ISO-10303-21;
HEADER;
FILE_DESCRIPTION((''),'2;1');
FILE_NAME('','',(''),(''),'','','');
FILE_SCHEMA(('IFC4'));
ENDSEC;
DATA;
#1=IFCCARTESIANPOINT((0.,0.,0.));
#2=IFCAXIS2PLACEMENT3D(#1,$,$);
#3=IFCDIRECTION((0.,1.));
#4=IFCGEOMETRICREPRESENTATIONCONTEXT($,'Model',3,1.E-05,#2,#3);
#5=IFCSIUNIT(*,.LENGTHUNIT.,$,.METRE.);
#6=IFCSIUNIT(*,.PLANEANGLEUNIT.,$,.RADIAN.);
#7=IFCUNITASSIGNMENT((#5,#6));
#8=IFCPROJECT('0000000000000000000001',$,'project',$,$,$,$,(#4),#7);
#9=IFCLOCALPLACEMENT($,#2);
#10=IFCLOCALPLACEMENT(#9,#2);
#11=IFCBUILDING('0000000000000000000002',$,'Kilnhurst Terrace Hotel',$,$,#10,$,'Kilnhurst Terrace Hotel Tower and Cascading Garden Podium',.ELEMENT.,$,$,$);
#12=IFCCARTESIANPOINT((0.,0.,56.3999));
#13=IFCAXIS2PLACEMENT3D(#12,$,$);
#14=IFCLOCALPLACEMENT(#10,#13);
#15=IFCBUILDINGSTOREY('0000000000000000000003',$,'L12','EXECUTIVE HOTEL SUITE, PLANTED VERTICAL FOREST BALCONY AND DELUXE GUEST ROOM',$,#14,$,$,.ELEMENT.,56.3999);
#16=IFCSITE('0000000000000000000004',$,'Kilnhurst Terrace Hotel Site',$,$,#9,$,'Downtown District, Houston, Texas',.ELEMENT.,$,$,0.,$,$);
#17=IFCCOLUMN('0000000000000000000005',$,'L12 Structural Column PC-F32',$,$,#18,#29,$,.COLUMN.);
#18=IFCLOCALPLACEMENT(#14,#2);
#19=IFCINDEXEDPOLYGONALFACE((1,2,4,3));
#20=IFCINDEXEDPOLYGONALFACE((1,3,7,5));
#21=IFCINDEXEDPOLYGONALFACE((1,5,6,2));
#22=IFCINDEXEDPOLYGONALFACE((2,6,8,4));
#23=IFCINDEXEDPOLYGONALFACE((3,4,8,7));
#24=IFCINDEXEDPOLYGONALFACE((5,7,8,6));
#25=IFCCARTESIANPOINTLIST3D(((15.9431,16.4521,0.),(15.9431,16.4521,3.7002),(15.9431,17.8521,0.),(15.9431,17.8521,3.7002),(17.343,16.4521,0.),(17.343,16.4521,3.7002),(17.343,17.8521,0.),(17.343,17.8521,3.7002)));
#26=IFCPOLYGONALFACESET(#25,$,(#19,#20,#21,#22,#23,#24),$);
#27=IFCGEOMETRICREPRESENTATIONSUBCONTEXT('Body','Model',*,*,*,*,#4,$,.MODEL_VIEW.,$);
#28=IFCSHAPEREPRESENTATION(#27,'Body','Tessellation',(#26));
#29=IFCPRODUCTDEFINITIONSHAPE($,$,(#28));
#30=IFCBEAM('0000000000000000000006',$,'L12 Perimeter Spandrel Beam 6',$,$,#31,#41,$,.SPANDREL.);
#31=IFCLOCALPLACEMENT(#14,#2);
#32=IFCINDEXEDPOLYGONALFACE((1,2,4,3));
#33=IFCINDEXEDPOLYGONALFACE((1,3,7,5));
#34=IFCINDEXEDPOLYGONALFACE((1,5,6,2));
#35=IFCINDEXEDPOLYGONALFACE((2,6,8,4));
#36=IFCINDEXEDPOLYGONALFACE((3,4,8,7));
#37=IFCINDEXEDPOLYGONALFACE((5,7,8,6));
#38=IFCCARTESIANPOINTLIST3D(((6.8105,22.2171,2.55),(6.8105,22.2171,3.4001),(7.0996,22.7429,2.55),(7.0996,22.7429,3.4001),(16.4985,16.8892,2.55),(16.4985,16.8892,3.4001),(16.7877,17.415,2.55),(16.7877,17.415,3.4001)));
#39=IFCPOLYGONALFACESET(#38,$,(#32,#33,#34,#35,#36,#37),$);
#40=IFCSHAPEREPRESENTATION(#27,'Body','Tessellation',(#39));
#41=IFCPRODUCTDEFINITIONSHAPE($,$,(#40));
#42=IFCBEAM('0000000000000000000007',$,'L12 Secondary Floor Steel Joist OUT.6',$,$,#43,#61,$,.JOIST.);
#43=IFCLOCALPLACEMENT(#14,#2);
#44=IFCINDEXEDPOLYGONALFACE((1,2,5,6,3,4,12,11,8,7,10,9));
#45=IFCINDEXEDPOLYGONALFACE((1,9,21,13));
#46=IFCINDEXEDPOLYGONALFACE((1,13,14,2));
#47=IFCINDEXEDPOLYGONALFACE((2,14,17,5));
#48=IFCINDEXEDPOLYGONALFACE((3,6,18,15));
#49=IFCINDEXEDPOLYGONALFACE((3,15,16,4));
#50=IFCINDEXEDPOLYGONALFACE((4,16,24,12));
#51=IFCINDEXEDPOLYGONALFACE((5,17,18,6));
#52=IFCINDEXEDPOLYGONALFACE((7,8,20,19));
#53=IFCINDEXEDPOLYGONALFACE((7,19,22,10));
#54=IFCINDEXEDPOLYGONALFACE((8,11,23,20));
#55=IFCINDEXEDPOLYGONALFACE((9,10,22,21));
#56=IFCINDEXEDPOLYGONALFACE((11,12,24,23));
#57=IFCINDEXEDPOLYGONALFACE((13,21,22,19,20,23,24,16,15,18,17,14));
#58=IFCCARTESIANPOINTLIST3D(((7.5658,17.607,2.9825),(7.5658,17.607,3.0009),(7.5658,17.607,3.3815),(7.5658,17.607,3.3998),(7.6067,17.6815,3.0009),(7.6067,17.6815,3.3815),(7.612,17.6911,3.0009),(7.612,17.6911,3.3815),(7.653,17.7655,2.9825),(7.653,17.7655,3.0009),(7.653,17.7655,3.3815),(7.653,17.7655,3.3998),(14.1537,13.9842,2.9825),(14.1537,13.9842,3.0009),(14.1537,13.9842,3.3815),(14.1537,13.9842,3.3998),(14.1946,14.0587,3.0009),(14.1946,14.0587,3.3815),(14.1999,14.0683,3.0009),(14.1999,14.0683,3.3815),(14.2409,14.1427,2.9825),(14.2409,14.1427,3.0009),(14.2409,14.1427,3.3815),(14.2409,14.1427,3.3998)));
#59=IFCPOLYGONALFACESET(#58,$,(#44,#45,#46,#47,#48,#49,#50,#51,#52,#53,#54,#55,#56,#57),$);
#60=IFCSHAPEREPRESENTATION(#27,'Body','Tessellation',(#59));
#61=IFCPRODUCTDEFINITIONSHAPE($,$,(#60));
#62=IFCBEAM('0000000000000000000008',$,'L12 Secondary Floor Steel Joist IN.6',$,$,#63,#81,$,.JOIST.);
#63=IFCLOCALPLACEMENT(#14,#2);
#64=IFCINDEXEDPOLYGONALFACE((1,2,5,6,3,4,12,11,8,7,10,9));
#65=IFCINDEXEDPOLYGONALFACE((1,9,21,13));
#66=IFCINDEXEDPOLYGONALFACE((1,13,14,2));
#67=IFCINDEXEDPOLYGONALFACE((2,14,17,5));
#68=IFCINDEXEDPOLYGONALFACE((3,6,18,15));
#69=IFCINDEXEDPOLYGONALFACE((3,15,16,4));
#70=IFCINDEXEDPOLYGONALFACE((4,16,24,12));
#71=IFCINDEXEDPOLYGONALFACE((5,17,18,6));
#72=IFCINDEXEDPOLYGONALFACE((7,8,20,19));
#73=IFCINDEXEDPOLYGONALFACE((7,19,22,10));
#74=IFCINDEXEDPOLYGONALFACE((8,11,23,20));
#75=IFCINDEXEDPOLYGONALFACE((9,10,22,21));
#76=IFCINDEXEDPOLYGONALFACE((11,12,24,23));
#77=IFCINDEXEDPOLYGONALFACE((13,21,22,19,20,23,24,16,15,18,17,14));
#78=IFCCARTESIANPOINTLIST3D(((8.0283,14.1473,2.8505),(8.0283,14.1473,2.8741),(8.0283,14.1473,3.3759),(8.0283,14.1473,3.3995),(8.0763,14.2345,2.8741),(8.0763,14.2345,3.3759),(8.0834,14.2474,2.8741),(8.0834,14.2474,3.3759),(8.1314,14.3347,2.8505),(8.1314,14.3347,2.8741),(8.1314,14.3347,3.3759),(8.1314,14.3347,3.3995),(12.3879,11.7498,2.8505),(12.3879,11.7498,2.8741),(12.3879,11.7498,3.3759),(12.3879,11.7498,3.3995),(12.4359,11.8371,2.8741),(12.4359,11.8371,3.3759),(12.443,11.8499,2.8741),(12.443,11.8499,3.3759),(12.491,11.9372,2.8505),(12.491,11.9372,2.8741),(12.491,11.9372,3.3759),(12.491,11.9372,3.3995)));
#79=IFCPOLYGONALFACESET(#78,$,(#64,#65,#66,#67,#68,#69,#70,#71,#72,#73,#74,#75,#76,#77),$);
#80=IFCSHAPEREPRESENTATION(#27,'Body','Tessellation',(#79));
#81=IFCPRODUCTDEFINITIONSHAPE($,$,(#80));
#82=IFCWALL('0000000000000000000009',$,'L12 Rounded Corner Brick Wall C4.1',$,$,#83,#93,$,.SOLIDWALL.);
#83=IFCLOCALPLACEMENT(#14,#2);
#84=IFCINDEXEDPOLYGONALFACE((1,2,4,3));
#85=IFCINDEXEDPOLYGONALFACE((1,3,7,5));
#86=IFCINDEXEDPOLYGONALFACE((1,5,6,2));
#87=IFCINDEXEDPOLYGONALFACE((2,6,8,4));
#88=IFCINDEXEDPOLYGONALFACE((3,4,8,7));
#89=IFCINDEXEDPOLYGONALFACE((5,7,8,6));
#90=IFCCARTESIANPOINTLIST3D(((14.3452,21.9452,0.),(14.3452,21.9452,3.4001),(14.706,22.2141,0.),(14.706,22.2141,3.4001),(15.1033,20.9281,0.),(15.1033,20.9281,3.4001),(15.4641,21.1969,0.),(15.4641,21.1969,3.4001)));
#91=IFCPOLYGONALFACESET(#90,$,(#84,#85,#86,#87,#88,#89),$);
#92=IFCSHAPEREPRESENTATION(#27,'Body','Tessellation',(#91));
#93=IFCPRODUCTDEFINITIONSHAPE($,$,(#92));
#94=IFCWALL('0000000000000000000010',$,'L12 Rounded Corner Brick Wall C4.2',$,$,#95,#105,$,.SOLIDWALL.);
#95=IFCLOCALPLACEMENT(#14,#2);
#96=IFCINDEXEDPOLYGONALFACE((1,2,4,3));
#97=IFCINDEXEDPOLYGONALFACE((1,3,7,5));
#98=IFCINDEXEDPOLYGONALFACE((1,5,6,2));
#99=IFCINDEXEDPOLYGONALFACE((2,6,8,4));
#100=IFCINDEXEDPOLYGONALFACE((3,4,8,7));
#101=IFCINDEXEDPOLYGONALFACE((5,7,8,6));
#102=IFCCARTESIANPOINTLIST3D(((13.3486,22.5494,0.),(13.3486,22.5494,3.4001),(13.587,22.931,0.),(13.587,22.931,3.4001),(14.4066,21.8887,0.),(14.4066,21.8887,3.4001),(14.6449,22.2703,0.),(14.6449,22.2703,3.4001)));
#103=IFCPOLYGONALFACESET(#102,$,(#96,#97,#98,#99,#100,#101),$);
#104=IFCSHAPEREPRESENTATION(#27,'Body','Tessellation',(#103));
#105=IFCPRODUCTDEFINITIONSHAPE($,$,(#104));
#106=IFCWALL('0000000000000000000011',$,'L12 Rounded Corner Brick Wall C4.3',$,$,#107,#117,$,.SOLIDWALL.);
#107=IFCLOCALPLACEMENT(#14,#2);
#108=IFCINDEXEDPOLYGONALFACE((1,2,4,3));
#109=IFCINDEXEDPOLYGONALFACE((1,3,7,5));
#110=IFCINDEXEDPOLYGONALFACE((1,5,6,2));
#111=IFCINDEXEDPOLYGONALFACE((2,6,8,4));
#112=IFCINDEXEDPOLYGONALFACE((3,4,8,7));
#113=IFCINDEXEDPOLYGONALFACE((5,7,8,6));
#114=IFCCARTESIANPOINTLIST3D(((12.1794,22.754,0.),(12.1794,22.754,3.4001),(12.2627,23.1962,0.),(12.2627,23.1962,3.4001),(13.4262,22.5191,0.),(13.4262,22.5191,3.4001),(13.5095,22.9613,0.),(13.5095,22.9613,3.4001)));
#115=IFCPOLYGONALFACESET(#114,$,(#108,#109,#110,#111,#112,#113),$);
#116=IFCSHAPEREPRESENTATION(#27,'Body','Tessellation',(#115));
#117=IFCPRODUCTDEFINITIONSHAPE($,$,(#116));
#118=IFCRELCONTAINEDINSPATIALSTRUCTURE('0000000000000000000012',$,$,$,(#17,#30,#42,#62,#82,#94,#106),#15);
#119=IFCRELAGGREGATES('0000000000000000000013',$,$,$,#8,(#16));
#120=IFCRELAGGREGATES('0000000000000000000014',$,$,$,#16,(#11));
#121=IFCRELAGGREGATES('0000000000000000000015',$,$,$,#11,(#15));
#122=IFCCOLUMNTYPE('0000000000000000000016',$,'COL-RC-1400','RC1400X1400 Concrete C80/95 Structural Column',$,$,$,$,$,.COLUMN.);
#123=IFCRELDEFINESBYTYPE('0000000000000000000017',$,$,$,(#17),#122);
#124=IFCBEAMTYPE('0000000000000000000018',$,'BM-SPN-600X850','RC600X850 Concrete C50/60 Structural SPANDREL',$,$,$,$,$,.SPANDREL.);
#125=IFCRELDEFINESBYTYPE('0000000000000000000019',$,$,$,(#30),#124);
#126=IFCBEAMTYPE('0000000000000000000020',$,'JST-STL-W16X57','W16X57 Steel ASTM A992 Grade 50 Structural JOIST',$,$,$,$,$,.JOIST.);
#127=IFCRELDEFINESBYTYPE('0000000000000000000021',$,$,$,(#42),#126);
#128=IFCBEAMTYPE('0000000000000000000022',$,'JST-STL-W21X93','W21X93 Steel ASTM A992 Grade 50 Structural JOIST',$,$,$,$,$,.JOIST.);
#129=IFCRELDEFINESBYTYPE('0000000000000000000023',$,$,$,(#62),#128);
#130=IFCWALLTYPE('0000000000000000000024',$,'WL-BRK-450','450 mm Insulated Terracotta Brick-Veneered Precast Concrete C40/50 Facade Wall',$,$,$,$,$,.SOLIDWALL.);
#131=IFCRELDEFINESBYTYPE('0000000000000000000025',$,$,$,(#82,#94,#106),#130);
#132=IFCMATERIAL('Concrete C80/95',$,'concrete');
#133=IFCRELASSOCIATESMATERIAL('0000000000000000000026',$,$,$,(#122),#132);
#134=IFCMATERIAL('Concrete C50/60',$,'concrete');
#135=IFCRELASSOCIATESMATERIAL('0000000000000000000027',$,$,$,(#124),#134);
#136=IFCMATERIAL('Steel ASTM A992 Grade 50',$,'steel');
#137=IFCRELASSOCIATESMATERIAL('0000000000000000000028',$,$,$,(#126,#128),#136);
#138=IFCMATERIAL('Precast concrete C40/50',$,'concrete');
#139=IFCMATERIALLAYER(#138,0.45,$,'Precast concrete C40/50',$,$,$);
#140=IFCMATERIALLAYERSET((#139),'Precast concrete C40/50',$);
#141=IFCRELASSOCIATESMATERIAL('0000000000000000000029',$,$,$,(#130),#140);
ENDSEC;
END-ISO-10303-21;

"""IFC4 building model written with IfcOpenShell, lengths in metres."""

from ifc_helpers import new_model, si_unit, direction, frame, frame_2d, origin, origin_2d, place, context, subcontext, project, spatial, rectangle, i_section, extrude, material, layer, layer_set, material_profile, profile_set, type_object, element, save


model = new_model("IFC4")

# Units and contexts
model_context = context("Model", 3, precision=1e-05, world=origin(), true_north=direction((0.0, 1.0)))
body_context = subcontext(model_context, "Body", "Model", "MODEL_VIEW")
ifc_project = project(units=[si_unit("LENGTHUNIT", "METRE"), si_unit("PLANEANGLEUNIT", "RADIAN")], contexts=[model_context])

# Site, building, storey
site_placement = place(None, origin())
site = spatial("IfcSite", under=ifc_project, at=site_placement, Name="Kilnhurst Terrace Hotel Site", LongName="Downtown District, Houston, Texas", CompositionType="ELEMENT", RefElevation=0.0)
building_placement = place(site_placement, origin())
building = spatial("IfcBuilding", under=site, at=building_placement, Name="Kilnhurst Terrace Hotel", LongName="Kilnhurst Terrace Hotel Tower and Cascading Garden Podium", CompositionType="ELEMENT")
storey_placement = place(building_placement, frame((0.0, 0.0, 56.3999)))
storey = spatial("IfcBuildingStorey", under=building, at=storey_placement, Name="L12", Description="EXECUTIVE HOTEL SUITE, PLANTED VERTICAL FOREST BALCONY AND DELUXE GUEST ROOM", CompositionType="ELEMENT", Elevation=56.3999)

# Column
ifc_material_1 = material(Name="Concrete C80/95", Category="concrete")
ifc_material_profile_1 = material_profile(ifc_material_1, rectangle(XDim=1.3999, YDim=1.3999, at=origin_2d()), Name="RC1400X1400")
ifc_profile_set_1 = profile_set([ifc_material_profile_1], Name="Concrete C80/95")
column_type = type_object("IfcColumnType", Name="COL-RC-1400", Description="RC1400X1400 Concrete C80/95 Structural Column", PredefinedType="COLUMN", material=ifc_profile_set_1)
column_placement = place(storey_placement, frame((16.6431, 17.1521, 0.0), z_axis=(0.0, 0.0, 1.0), x_axis=(1.0, 0.0, 0.0)))
element("IfcColumn", 1, at=column_placement, inside=storey, type_object=column_type, Name="L12 Structural Column PC-F32", PredefinedType="COLUMN", context=body_context, shape_type="SweptSolid", body=[
    extrude(rectangle(XDim=1.3999, YDim=1.3999, at=origin_2d()), origin(), (0.0, 0.0, 1.0), 3.7002),
])

# Beams
ifc_material_2 = material(Name="Concrete C50/60", Category="concrete")
ifc_material_profile_2 = material_profile(ifc_material_2, rectangle(XDim=0.6001, YDim=0.8501, at=origin_2d()), Name="RC600X850")
ifc_profile_set_2 = profile_set([ifc_material_profile_2], Name="Concrete C50/60")
beam_type_1 = type_object("IfcBeamType", Name="BM-SPN-600X850", Description="RC600X850 Concrete C50/60 Structural SPANDREL", PredefinedType="SPANDREL", material=ifc_profile_set_2)
beam_1_placement = place(storey_placement, frame((16.6431, 17.1521, 2.9751), z_axis=(-0.876235, 0.481883, 0.0), x_axis=(-0.481883, -0.876235, 0.0)))
element("IfcBeam", 2, at=beam_1_placement, inside=storey, type_object=beam_type_1, Name="L12 Perimeter Spandrel Beam 6", PredefinedType="SPANDREL", context=body_context, shape_type="SweptSolid", body=[
    extrude(rectangle(XDim=0.6001, YDim=0.8501, at=origin_2d()), origin(), (0.0, 0.0, 1.0), 11.0564),
])
ifc_material_3 = material(Name="Steel ASTM A992 Grade 50", Category="steel")
ifc_material_profile_3 = material_profile(ifc_material_3, i_section(OverallWidth=0.1809, OverallDepth=0.4172, WebThickness=0.011, FlangeThickness=0.0183, at=origin_2d()), Name="W16X57")
ifc_profile_set_3 = profile_set([ifc_material_profile_3], Name="Steel ASTM A992 Grade 50")
beam_type_2 = type_object("IfcBeamType", Name="JST-STL-W16X57", Description="W16X57 Steel ASTM A992 Grade 50 Structural JOIST", PredefinedType="JOIST", material=ifc_profile_set_3)
beam_2_placement = place(storey_placement, frame((14.1973, 14.0635, 3.1912), z_axis=(-0.876246, 0.481864, 0.0), x_axis=(-0.481864, -0.876246, 0.0)))
element("IfcBeam", 3, at=beam_2_placement, inside=storey, type_object=beam_type_2, Name="L12 Secondary Floor Steel Joist OUT.6", PredefinedType="JOIST", context=body_context, shape_type="SweptSolid", body=[
    extrude(i_section(OverallWidth=0.1809, OverallDepth=0.4172, WebThickness=0.011, FlangeThickness=0.0183, at=origin_2d()), origin(), (0.0, 0.0, 1.0), 7.5183),
])
ifc_material_profile_4 = material_profile(ifc_material_3, i_section(OverallWidth=0.2139, OverallDepth=0.5491, WebThickness=0.0146, FlangeThickness=0.0237, at=origin_2d()), Name="W21X93")
ifc_profile_set_4 = profile_set([ifc_material_profile_4], Name="Steel ASTM A992 Grade 50")
beam_type_3 = type_object("IfcBeamType", Name="JST-STL-W21X93", Description="W21X93 Steel ASTM A992 Grade 50 Structural JOIST", PredefinedType="JOIST", material=ifc_profile_set_4)
beam_3_placement = place(storey_placement, frame((12.4395, 11.8435, 3.125), z_axis=(-0.876244, 0.481868, 0.0), x_axis=(-0.481868, -0.876244, 0.0)))
element("IfcBeam", 4, at=beam_3_placement, inside=storey, type_object=beam_type_3, Name="L12 Secondary Floor Steel Joist IN.6", PredefinedType="JOIST", context=body_context, shape_type="SweptSolid", body=[
    extrude(i_section(OverallWidth=0.2139, OverallDepth=0.5491, WebThickness=0.0146, FlangeThickness=0.0237, at=origin_2d()), origin(), (0.0, 0.0, 1.0), 4.9753),
])

# Walls
ifc_material_4 = material(Name="Precast concrete C40/50", Category="concrete")
ifc_layer_1 = layer(ifc_material_4, 0.45, Name="Precast concrete C40/50")
ifc_layer_set_1 = layer_set([ifc_layer_1], Name="Precast concrete C40/50")
wall_type_1 = type_object("IfcWallType", Name="WL-BRK-450", Description="450 mm Insulated Terracotta Brick-Veneered Precast Concrete C40/50 Facade Wall", PredefinedType="SOLIDWALL", material=ifc_layer_set_1)
wall_1_placement = place(storey_placement, frame((15.2837, 21.0625, 0.0), z_axis=(0.0, 0.0, 1.0), x_axis=(-0.597595, 0.801798, 0.0)))
element("IfcWall", 5, at=wall_1_placement, inside=storey, type_object=wall_type_1, Name="L12 Rounded Corner Brick Wall C4.1", PredefinedType="SOLIDWALL", context=body_context, shape_type="SweptSolid", body=[
    extrude(rectangle(XDim=1.2686, YDim=0.45, at=frame_2d((0.6343, 0.0))), origin(), (0.0, 0.0, 1.0), 3.4001),
])
wall_2_placement = place(storey_placement, frame((14.5256, 22.0796, 0.0), z_axis=(0.0, 0.0, 1.0), x_axis=(-0.848185, 0.5297, 0.0)))
element("IfcWall", 6, at=wall_2_placement, inside=storey, type_object=wall_type_1, Name="L12 Rounded Corner Brick Wall C4.2", PredefinedType="SOLIDWALL", context=body_context, shape_type="SweptSolid", body=[
    extrude(rectangle(XDim=1.2473, YDim=0.45, at=frame_2d((0.6235, 0.0))), origin(), (0.0, 0.0, 1.0), 3.4001),
])
wall_3_placement = place(storey_placement, frame((13.4678, 22.7402, 0.0), z_axis=(0.0, 0.0, 1.0), x_axis=(-0.982717, 0.185113, 0.0)))
element("IfcWall", 7, at=wall_3_placement, inside=storey, type_object=wall_type_1, Name="L12 Rounded Corner Brick Wall C4.3", PredefinedType="SOLIDWALL", context=body_context, shape_type="SweptSolid", body=[
    extrude(rectangle(XDim=1.2688, YDim=0.45, at=frame_2d((0.6343, 0.0))), origin(), (0.0, 0.0, 1.0), 3.4001),
])

save(model, "model.ifc")
